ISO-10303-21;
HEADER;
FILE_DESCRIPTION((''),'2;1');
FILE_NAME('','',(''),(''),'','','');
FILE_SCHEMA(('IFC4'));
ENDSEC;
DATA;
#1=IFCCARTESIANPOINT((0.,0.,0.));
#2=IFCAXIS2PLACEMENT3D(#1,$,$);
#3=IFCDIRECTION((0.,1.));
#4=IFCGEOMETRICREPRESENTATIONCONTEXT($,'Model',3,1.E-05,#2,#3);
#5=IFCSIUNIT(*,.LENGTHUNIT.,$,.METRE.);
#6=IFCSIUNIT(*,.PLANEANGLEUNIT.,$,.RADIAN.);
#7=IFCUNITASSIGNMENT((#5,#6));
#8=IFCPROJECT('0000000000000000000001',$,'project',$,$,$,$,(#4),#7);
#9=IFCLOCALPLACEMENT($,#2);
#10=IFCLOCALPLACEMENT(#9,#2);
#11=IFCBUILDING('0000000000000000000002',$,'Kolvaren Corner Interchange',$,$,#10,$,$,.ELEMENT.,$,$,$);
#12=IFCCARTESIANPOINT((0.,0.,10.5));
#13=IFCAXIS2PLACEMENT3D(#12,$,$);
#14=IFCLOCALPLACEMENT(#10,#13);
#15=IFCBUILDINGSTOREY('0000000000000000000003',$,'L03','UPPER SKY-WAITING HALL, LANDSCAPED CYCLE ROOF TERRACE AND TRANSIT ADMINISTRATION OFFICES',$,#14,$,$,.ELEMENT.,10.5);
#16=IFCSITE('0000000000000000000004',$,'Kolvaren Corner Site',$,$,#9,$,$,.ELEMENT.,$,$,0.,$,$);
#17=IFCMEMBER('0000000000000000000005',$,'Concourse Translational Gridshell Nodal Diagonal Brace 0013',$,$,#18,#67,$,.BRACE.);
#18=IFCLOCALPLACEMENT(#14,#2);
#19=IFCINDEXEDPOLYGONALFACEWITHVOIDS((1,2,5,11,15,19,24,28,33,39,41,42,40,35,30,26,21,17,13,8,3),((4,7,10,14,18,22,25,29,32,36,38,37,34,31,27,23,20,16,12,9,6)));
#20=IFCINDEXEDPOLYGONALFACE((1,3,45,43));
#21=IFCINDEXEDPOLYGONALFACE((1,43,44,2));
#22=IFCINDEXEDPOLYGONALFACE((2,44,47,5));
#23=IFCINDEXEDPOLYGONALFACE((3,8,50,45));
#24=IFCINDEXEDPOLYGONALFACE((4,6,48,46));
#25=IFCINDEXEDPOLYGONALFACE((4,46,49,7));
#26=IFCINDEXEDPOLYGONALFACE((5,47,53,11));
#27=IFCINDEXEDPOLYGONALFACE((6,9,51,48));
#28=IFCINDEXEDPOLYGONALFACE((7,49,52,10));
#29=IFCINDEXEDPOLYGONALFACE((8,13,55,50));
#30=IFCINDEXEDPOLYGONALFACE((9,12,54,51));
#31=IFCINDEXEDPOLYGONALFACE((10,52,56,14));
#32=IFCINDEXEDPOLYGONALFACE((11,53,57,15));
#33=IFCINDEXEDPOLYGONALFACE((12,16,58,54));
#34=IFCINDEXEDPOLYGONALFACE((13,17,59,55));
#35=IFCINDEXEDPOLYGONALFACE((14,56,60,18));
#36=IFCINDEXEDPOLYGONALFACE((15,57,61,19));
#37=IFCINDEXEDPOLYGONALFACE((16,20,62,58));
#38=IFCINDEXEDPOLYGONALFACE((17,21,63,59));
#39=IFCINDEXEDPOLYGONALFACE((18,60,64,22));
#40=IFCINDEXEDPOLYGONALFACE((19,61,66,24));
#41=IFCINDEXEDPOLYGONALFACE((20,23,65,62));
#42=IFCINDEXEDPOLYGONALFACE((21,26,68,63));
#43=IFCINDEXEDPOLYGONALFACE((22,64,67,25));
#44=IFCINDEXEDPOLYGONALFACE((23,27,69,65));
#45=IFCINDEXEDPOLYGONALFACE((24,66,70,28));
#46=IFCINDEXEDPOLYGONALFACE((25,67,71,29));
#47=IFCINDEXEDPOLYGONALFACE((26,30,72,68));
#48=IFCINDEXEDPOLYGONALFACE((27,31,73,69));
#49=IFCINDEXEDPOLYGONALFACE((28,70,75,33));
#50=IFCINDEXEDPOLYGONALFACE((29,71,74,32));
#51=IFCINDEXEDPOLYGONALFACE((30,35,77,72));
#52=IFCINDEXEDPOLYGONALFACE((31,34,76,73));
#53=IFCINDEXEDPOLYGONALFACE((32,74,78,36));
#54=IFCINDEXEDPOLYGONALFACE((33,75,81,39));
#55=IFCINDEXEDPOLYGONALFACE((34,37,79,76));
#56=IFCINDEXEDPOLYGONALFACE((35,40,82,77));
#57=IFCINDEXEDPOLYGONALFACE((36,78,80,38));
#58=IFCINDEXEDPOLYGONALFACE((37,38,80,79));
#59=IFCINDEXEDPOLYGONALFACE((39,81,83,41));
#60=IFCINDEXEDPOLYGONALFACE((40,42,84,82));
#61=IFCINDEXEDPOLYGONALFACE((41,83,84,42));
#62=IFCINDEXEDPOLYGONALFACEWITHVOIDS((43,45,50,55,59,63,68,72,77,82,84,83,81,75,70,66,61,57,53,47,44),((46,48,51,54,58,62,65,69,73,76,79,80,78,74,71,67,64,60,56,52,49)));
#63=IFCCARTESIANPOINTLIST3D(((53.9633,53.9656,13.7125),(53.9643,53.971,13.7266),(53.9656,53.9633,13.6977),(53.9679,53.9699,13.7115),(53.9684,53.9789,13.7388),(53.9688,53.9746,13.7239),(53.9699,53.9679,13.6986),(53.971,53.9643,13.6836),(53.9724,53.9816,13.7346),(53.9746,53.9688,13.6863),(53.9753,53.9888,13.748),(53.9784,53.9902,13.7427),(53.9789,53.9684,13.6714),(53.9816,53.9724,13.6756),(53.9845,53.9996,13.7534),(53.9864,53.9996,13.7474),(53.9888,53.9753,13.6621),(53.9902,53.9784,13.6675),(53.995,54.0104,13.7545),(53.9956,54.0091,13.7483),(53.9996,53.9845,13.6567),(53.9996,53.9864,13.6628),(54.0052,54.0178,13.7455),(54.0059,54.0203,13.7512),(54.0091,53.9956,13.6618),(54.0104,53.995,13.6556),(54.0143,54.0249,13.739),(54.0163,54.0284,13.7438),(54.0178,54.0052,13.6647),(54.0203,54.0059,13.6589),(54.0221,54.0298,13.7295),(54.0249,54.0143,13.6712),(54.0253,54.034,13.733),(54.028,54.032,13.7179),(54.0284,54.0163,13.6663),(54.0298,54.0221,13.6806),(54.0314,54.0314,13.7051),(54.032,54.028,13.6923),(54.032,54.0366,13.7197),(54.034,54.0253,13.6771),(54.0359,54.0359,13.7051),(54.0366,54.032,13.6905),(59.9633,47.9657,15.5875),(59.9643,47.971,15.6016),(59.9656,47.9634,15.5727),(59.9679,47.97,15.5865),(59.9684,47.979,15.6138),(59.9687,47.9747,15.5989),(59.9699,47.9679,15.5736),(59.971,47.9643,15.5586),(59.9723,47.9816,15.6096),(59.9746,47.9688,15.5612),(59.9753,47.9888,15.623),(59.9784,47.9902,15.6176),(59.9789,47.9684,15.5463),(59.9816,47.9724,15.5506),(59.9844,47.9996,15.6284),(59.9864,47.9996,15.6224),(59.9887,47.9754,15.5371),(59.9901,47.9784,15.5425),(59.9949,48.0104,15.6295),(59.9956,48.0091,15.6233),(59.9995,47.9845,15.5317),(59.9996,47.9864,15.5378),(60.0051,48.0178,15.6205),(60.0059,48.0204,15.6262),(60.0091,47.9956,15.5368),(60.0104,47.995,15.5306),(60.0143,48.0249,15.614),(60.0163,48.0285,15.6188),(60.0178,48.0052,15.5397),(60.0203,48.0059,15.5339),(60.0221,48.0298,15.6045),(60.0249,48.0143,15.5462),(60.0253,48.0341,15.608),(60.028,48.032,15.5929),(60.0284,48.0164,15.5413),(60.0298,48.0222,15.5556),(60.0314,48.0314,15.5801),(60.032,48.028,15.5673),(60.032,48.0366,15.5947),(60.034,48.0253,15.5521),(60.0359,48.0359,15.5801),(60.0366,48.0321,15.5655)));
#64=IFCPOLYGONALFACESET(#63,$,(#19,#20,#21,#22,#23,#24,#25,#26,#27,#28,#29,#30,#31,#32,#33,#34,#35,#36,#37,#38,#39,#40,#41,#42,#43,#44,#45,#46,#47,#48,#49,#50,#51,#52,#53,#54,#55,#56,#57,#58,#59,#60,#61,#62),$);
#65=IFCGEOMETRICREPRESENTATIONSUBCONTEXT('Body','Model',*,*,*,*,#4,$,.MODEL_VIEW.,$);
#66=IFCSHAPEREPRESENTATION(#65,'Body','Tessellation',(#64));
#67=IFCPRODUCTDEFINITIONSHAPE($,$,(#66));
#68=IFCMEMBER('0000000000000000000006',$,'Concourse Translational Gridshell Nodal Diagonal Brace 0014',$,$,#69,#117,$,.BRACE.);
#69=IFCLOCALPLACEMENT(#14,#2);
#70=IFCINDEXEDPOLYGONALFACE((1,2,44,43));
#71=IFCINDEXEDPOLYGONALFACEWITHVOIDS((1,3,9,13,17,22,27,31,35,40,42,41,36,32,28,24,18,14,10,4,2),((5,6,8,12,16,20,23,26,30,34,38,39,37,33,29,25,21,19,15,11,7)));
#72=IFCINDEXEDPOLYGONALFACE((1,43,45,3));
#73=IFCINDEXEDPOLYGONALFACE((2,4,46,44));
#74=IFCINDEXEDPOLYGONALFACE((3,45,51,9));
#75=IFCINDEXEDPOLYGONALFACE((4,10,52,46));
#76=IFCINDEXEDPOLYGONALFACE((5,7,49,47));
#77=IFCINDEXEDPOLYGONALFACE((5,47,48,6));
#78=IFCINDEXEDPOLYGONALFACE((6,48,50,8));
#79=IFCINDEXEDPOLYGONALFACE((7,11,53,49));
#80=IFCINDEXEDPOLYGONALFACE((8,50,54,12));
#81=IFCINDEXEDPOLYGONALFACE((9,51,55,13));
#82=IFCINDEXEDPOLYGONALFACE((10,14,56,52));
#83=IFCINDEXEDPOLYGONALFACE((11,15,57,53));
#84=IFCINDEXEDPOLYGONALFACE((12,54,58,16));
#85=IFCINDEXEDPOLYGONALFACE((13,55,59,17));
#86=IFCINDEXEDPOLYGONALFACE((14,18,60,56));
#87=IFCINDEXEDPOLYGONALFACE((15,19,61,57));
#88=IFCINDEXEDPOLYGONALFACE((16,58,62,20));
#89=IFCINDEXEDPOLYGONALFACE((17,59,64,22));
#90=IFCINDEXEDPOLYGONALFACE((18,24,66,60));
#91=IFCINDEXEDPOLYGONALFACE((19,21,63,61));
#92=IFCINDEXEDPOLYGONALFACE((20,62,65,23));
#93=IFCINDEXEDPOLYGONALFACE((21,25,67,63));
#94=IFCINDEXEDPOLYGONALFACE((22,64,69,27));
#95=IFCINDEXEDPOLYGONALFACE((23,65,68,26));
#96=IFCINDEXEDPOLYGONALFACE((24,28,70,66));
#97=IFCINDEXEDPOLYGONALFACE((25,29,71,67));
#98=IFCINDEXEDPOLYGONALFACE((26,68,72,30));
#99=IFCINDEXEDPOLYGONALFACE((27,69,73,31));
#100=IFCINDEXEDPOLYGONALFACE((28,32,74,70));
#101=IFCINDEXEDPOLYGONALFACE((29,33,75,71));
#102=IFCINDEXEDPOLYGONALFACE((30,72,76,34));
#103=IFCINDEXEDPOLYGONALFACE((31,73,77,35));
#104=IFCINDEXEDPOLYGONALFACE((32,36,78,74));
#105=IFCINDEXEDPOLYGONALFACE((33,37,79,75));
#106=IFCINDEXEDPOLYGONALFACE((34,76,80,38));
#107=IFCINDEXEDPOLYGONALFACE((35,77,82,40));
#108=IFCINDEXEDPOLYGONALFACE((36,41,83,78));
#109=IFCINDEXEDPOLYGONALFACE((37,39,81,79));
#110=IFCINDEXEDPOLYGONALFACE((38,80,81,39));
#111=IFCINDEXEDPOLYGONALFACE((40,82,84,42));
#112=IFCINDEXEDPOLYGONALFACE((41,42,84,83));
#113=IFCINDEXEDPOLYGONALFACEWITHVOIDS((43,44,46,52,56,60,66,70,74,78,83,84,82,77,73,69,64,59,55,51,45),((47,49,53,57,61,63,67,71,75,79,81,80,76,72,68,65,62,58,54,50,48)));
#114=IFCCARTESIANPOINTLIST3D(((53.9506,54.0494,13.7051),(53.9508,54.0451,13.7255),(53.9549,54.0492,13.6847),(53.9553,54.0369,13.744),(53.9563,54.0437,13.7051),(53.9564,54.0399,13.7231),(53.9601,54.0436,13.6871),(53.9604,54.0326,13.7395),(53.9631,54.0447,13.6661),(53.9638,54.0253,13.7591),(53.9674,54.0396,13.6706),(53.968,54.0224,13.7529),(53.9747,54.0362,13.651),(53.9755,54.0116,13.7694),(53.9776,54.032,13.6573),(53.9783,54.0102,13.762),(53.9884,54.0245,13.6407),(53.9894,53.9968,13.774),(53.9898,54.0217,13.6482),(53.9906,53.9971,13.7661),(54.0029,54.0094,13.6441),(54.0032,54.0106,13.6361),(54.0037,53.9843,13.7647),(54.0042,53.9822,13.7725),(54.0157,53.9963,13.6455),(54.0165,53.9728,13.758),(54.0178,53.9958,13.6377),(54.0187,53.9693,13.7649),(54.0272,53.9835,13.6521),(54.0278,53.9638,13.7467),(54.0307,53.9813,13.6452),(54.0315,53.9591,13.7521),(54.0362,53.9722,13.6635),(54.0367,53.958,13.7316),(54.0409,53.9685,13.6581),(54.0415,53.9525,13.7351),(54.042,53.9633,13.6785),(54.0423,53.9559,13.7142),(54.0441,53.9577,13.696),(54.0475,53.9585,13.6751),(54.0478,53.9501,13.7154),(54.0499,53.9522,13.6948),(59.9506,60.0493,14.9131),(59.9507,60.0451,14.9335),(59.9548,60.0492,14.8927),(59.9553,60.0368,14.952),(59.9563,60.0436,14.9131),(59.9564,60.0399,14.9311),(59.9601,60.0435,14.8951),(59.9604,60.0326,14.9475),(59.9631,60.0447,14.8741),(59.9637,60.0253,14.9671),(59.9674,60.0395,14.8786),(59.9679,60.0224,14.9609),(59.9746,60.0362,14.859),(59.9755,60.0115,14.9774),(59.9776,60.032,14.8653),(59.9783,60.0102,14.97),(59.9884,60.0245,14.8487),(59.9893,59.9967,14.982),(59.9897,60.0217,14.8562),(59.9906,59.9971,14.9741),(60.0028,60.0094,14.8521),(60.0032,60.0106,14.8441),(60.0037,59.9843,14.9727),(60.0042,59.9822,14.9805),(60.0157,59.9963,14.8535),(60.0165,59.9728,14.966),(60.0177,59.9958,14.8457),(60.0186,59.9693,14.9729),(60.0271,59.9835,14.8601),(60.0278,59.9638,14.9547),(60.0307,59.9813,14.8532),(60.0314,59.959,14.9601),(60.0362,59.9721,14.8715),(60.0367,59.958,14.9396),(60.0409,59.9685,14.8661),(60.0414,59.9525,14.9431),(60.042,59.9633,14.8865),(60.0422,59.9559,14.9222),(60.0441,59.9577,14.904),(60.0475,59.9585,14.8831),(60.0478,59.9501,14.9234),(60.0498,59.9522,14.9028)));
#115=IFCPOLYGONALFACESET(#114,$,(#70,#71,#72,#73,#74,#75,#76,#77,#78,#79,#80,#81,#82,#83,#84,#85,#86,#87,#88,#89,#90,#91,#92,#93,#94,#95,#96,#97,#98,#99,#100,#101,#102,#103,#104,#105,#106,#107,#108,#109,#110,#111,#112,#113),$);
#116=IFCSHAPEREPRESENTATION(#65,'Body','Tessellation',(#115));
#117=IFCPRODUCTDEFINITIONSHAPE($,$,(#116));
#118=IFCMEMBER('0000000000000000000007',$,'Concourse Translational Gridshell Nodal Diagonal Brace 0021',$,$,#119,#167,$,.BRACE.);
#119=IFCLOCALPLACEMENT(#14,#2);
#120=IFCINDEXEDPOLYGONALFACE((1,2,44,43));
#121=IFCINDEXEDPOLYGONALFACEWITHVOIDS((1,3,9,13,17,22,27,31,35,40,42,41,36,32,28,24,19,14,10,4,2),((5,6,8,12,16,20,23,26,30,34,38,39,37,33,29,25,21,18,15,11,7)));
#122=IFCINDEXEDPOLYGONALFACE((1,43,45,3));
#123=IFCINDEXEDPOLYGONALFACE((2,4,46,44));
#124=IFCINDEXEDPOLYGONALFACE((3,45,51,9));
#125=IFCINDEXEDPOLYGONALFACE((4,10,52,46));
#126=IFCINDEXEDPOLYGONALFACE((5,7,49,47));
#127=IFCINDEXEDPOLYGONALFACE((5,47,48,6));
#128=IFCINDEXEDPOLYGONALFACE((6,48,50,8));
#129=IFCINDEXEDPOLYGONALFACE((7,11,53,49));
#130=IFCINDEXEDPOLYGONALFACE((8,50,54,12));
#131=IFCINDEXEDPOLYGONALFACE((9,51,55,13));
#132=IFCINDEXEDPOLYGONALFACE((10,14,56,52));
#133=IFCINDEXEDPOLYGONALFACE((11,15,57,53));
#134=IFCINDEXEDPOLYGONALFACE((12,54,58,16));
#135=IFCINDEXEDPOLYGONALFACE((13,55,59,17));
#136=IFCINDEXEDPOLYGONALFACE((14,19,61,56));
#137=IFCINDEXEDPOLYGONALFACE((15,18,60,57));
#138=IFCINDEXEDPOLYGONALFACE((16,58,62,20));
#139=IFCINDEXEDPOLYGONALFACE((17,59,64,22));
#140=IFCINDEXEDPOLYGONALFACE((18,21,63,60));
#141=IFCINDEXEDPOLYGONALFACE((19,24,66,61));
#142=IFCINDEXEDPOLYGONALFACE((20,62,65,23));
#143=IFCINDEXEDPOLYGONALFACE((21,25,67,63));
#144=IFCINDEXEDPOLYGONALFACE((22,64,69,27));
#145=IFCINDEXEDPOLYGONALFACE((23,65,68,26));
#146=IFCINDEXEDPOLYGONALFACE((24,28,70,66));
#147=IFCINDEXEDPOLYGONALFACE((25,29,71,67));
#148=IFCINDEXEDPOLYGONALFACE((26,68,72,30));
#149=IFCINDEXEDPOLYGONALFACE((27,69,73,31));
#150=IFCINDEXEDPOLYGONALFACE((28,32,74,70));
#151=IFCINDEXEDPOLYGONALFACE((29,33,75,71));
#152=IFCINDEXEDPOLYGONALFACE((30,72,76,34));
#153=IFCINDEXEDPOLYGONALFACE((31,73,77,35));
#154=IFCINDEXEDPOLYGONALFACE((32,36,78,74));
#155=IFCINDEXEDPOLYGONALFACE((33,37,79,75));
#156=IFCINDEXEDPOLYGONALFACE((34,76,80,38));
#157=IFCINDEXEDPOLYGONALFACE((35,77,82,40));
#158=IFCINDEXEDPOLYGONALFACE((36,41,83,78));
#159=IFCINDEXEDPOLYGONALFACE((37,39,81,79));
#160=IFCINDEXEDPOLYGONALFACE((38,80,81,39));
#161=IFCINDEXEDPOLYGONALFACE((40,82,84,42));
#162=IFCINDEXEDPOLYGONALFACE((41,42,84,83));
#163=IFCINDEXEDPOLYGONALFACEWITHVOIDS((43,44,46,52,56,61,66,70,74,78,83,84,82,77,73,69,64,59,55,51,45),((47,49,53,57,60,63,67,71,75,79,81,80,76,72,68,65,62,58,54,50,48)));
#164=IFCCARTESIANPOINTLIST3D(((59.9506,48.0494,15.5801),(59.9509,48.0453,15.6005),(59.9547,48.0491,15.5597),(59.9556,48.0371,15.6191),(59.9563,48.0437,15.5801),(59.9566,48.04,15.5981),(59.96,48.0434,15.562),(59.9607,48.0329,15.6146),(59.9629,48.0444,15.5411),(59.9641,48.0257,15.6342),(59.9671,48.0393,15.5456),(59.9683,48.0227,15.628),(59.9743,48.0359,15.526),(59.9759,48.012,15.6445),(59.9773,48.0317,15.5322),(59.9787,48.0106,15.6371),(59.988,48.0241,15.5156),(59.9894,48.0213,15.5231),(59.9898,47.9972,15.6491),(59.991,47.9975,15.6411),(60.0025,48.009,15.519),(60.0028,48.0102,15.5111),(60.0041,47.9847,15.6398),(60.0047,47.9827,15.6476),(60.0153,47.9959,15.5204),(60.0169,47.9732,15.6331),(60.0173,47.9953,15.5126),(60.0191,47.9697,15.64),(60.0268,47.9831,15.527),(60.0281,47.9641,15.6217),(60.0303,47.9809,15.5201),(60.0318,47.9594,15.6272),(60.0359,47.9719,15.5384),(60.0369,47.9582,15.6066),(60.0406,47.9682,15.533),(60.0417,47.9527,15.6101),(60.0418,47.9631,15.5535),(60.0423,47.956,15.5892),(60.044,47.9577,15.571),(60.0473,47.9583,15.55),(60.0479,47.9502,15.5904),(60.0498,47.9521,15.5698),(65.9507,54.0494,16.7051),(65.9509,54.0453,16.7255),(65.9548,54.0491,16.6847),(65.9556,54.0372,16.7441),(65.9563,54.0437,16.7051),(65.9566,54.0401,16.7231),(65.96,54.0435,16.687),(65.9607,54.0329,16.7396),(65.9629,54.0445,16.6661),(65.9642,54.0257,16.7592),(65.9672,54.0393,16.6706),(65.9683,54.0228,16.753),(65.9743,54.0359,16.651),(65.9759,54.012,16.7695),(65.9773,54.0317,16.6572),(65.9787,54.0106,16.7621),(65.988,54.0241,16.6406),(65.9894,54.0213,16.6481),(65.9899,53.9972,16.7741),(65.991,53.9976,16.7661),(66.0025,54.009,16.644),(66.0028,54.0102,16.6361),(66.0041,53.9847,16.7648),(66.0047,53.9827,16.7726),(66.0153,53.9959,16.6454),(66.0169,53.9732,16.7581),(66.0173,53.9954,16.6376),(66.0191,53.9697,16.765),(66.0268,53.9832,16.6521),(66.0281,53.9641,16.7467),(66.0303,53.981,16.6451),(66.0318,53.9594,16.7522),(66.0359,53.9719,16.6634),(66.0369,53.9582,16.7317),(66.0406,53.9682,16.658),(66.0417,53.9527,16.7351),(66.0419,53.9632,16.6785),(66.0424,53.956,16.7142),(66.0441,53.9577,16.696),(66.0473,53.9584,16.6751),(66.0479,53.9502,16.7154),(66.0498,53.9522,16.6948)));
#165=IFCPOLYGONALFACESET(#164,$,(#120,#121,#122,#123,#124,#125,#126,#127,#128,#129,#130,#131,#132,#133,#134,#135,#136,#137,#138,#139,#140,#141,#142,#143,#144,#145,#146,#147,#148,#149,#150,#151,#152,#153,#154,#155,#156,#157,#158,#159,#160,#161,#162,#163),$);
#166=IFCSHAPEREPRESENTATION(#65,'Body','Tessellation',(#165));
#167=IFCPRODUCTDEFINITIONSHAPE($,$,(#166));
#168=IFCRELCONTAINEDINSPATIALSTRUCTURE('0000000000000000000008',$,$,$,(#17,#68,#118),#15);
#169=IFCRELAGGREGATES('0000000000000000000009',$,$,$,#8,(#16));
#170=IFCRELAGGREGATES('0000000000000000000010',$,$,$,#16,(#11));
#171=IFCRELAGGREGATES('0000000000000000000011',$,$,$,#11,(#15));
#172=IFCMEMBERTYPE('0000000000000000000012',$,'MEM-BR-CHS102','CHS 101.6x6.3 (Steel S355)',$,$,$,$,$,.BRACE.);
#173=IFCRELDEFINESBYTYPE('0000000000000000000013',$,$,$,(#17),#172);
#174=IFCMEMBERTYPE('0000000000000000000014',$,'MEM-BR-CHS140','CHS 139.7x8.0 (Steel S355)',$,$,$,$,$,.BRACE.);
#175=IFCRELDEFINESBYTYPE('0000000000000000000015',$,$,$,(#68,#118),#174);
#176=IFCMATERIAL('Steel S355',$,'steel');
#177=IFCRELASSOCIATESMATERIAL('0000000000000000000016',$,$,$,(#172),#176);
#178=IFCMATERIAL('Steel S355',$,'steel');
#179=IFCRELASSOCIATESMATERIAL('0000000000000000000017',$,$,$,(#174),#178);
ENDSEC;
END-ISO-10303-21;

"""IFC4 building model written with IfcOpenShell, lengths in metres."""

from ifc_helpers import new_model, si_unit, direction, frame, origin, origin_2d, place, context, subcontext, project, spatial, hollow_circle, extrude, material, material_profile, profile_set, type_object, element, save


model = new_model("IFC4")

# Units and contexts
model_context = context("Model", 3, precision=1e-05, world=origin(), true_north=direction((0.0, 1.0)))
body_context = subcontext(model_context, "Body", "Model", "MODEL_VIEW")
ifc_project = project(units=[si_unit("LENGTHUNIT", "METRE"), si_unit("PLANEANGLEUNIT", "RADIAN")], contexts=[model_context])

# Site, building, storey
site_placement = place(None, origin())
site = spatial("IfcSite", under=ifc_project, at=site_placement, Name="Kolvaren Corner Site", CompositionType="ELEMENT", RefElevation=0.0)
building_placement = place(site_placement, origin())
building = spatial("IfcBuilding", under=site, at=building_placement, Name="Kolvaren Corner Interchange", CompositionType="ELEMENT")
storey_placement = place(building_placement, frame((0.0, 0.0, 10.5)))
storey = spatial("IfcBuildingStorey", under=building, at=storey_placement, Name="L03", Description="UPPER SKY-WAITING HALL, LANDSCAPED CYCLE ROOF TERRACE AND TRANSIT ADMINISTRATION OFFICES", CompositionType="ELEMENT", Elevation=10.5)

# Members
ifc_material_1 = material(Name="Steel S355", Category="steel")
ifc_material_profile_1 = material_profile(ifc_material_1, hollow_circle(Radius=0.0508, WallThickness=0.0063, at=origin_2d()), Name="CHS 101.6x6.3")
ifc_profile_set_1 = profile_set([ifc_material_profile_1], Name="Steel S355")
member_type_1 = type_object("IfcMemberType", Name="MEM-BR-CHS102", Description="CHS 101.6x6.3 (Steel S355)", PredefinedType="BRACE", material=ifc_profile_set_1)
member_1_placement = place(storey_placement, frame((54.0, 54.0, 13.7051), z_axis=(0.690451, -0.690451, 0.215766), x_axis=(0.707107, 0.707107, 0.0)))
element("IfcMember", 1, at=member_1_placement, inside=storey, type_object=member_type_1, Name="Concourse Translational Gridshell Nodal Diagonal Brace 0013", PredefinedType="BRACE", context=body_context, shape_type="SweptSolid", body=[
    extrude(hollow_circle(Radius=0.0508, WallThickness=0.0063, at=origin_2d()), origin(), (0.0, 0.0, 1.0), 8.6899),
])
ifc_material_2 = material(Name="Steel S355", Category="steel")
ifc_material_profile_2 = material_profile(ifc_material_2, hollow_circle(Radius=0.0698, WallThickness=0.0081, at=origin_2d()), Name="CHS 139.7x8.0")
ifc_profile_set_2 = profile_set([ifc_material_profile_2], Name="Steel S355")
member_type_2 = type_object("IfcMemberType", Name="MEM-BR-CHS140", Description="CHS 139.7x8.0 (Steel S355)", PredefinedType="BRACE", material=ifc_profile_set_2)
member_2_placement = place(storey_placement, frame((54.0, 54.0, 13.7051), z_axis=(0.700048, 0.700048, 0.140944), x_axis=(-0.707107, 0.707107, 0.0)))
element("IfcMember", 2, at=member_2_placement, inside=storey, type_object=member_type_2, Name="Concourse Translational Gridshell Nodal Diagonal Brace 0014", PredefinedType="BRACE", context=body_context, shape_type="SweptSolid", body=[
    extrude(hollow_circle(Radius=0.0698, WallThickness=0.0081, at=origin_2d()), origin(), (0.0, 0.0, 1.0), 8.5708),
])
member_3_placement = place(storey_placement, frame((60.0, 48.0, 15.5801), z_axis=(0.700973, 0.700973, 0.131432), x_axis=(-0.707107, 0.707107, 0.0)))
element("IfcMember", 3, at=member_3_placement, inside=storey, type_object=member_type_2, Name="Concourse Translational Gridshell Nodal Diagonal Brace 0021", PredefinedType="BRACE", context=body_context, shape_type="SweptSolid", body=[
    extrude(hollow_circle(Radius=0.0698, WallThickness=0.0081, at=origin_2d()), origin(), (0.0, 0.0, 1.0), 8.5596),
])

save(model, "model.ifc")
